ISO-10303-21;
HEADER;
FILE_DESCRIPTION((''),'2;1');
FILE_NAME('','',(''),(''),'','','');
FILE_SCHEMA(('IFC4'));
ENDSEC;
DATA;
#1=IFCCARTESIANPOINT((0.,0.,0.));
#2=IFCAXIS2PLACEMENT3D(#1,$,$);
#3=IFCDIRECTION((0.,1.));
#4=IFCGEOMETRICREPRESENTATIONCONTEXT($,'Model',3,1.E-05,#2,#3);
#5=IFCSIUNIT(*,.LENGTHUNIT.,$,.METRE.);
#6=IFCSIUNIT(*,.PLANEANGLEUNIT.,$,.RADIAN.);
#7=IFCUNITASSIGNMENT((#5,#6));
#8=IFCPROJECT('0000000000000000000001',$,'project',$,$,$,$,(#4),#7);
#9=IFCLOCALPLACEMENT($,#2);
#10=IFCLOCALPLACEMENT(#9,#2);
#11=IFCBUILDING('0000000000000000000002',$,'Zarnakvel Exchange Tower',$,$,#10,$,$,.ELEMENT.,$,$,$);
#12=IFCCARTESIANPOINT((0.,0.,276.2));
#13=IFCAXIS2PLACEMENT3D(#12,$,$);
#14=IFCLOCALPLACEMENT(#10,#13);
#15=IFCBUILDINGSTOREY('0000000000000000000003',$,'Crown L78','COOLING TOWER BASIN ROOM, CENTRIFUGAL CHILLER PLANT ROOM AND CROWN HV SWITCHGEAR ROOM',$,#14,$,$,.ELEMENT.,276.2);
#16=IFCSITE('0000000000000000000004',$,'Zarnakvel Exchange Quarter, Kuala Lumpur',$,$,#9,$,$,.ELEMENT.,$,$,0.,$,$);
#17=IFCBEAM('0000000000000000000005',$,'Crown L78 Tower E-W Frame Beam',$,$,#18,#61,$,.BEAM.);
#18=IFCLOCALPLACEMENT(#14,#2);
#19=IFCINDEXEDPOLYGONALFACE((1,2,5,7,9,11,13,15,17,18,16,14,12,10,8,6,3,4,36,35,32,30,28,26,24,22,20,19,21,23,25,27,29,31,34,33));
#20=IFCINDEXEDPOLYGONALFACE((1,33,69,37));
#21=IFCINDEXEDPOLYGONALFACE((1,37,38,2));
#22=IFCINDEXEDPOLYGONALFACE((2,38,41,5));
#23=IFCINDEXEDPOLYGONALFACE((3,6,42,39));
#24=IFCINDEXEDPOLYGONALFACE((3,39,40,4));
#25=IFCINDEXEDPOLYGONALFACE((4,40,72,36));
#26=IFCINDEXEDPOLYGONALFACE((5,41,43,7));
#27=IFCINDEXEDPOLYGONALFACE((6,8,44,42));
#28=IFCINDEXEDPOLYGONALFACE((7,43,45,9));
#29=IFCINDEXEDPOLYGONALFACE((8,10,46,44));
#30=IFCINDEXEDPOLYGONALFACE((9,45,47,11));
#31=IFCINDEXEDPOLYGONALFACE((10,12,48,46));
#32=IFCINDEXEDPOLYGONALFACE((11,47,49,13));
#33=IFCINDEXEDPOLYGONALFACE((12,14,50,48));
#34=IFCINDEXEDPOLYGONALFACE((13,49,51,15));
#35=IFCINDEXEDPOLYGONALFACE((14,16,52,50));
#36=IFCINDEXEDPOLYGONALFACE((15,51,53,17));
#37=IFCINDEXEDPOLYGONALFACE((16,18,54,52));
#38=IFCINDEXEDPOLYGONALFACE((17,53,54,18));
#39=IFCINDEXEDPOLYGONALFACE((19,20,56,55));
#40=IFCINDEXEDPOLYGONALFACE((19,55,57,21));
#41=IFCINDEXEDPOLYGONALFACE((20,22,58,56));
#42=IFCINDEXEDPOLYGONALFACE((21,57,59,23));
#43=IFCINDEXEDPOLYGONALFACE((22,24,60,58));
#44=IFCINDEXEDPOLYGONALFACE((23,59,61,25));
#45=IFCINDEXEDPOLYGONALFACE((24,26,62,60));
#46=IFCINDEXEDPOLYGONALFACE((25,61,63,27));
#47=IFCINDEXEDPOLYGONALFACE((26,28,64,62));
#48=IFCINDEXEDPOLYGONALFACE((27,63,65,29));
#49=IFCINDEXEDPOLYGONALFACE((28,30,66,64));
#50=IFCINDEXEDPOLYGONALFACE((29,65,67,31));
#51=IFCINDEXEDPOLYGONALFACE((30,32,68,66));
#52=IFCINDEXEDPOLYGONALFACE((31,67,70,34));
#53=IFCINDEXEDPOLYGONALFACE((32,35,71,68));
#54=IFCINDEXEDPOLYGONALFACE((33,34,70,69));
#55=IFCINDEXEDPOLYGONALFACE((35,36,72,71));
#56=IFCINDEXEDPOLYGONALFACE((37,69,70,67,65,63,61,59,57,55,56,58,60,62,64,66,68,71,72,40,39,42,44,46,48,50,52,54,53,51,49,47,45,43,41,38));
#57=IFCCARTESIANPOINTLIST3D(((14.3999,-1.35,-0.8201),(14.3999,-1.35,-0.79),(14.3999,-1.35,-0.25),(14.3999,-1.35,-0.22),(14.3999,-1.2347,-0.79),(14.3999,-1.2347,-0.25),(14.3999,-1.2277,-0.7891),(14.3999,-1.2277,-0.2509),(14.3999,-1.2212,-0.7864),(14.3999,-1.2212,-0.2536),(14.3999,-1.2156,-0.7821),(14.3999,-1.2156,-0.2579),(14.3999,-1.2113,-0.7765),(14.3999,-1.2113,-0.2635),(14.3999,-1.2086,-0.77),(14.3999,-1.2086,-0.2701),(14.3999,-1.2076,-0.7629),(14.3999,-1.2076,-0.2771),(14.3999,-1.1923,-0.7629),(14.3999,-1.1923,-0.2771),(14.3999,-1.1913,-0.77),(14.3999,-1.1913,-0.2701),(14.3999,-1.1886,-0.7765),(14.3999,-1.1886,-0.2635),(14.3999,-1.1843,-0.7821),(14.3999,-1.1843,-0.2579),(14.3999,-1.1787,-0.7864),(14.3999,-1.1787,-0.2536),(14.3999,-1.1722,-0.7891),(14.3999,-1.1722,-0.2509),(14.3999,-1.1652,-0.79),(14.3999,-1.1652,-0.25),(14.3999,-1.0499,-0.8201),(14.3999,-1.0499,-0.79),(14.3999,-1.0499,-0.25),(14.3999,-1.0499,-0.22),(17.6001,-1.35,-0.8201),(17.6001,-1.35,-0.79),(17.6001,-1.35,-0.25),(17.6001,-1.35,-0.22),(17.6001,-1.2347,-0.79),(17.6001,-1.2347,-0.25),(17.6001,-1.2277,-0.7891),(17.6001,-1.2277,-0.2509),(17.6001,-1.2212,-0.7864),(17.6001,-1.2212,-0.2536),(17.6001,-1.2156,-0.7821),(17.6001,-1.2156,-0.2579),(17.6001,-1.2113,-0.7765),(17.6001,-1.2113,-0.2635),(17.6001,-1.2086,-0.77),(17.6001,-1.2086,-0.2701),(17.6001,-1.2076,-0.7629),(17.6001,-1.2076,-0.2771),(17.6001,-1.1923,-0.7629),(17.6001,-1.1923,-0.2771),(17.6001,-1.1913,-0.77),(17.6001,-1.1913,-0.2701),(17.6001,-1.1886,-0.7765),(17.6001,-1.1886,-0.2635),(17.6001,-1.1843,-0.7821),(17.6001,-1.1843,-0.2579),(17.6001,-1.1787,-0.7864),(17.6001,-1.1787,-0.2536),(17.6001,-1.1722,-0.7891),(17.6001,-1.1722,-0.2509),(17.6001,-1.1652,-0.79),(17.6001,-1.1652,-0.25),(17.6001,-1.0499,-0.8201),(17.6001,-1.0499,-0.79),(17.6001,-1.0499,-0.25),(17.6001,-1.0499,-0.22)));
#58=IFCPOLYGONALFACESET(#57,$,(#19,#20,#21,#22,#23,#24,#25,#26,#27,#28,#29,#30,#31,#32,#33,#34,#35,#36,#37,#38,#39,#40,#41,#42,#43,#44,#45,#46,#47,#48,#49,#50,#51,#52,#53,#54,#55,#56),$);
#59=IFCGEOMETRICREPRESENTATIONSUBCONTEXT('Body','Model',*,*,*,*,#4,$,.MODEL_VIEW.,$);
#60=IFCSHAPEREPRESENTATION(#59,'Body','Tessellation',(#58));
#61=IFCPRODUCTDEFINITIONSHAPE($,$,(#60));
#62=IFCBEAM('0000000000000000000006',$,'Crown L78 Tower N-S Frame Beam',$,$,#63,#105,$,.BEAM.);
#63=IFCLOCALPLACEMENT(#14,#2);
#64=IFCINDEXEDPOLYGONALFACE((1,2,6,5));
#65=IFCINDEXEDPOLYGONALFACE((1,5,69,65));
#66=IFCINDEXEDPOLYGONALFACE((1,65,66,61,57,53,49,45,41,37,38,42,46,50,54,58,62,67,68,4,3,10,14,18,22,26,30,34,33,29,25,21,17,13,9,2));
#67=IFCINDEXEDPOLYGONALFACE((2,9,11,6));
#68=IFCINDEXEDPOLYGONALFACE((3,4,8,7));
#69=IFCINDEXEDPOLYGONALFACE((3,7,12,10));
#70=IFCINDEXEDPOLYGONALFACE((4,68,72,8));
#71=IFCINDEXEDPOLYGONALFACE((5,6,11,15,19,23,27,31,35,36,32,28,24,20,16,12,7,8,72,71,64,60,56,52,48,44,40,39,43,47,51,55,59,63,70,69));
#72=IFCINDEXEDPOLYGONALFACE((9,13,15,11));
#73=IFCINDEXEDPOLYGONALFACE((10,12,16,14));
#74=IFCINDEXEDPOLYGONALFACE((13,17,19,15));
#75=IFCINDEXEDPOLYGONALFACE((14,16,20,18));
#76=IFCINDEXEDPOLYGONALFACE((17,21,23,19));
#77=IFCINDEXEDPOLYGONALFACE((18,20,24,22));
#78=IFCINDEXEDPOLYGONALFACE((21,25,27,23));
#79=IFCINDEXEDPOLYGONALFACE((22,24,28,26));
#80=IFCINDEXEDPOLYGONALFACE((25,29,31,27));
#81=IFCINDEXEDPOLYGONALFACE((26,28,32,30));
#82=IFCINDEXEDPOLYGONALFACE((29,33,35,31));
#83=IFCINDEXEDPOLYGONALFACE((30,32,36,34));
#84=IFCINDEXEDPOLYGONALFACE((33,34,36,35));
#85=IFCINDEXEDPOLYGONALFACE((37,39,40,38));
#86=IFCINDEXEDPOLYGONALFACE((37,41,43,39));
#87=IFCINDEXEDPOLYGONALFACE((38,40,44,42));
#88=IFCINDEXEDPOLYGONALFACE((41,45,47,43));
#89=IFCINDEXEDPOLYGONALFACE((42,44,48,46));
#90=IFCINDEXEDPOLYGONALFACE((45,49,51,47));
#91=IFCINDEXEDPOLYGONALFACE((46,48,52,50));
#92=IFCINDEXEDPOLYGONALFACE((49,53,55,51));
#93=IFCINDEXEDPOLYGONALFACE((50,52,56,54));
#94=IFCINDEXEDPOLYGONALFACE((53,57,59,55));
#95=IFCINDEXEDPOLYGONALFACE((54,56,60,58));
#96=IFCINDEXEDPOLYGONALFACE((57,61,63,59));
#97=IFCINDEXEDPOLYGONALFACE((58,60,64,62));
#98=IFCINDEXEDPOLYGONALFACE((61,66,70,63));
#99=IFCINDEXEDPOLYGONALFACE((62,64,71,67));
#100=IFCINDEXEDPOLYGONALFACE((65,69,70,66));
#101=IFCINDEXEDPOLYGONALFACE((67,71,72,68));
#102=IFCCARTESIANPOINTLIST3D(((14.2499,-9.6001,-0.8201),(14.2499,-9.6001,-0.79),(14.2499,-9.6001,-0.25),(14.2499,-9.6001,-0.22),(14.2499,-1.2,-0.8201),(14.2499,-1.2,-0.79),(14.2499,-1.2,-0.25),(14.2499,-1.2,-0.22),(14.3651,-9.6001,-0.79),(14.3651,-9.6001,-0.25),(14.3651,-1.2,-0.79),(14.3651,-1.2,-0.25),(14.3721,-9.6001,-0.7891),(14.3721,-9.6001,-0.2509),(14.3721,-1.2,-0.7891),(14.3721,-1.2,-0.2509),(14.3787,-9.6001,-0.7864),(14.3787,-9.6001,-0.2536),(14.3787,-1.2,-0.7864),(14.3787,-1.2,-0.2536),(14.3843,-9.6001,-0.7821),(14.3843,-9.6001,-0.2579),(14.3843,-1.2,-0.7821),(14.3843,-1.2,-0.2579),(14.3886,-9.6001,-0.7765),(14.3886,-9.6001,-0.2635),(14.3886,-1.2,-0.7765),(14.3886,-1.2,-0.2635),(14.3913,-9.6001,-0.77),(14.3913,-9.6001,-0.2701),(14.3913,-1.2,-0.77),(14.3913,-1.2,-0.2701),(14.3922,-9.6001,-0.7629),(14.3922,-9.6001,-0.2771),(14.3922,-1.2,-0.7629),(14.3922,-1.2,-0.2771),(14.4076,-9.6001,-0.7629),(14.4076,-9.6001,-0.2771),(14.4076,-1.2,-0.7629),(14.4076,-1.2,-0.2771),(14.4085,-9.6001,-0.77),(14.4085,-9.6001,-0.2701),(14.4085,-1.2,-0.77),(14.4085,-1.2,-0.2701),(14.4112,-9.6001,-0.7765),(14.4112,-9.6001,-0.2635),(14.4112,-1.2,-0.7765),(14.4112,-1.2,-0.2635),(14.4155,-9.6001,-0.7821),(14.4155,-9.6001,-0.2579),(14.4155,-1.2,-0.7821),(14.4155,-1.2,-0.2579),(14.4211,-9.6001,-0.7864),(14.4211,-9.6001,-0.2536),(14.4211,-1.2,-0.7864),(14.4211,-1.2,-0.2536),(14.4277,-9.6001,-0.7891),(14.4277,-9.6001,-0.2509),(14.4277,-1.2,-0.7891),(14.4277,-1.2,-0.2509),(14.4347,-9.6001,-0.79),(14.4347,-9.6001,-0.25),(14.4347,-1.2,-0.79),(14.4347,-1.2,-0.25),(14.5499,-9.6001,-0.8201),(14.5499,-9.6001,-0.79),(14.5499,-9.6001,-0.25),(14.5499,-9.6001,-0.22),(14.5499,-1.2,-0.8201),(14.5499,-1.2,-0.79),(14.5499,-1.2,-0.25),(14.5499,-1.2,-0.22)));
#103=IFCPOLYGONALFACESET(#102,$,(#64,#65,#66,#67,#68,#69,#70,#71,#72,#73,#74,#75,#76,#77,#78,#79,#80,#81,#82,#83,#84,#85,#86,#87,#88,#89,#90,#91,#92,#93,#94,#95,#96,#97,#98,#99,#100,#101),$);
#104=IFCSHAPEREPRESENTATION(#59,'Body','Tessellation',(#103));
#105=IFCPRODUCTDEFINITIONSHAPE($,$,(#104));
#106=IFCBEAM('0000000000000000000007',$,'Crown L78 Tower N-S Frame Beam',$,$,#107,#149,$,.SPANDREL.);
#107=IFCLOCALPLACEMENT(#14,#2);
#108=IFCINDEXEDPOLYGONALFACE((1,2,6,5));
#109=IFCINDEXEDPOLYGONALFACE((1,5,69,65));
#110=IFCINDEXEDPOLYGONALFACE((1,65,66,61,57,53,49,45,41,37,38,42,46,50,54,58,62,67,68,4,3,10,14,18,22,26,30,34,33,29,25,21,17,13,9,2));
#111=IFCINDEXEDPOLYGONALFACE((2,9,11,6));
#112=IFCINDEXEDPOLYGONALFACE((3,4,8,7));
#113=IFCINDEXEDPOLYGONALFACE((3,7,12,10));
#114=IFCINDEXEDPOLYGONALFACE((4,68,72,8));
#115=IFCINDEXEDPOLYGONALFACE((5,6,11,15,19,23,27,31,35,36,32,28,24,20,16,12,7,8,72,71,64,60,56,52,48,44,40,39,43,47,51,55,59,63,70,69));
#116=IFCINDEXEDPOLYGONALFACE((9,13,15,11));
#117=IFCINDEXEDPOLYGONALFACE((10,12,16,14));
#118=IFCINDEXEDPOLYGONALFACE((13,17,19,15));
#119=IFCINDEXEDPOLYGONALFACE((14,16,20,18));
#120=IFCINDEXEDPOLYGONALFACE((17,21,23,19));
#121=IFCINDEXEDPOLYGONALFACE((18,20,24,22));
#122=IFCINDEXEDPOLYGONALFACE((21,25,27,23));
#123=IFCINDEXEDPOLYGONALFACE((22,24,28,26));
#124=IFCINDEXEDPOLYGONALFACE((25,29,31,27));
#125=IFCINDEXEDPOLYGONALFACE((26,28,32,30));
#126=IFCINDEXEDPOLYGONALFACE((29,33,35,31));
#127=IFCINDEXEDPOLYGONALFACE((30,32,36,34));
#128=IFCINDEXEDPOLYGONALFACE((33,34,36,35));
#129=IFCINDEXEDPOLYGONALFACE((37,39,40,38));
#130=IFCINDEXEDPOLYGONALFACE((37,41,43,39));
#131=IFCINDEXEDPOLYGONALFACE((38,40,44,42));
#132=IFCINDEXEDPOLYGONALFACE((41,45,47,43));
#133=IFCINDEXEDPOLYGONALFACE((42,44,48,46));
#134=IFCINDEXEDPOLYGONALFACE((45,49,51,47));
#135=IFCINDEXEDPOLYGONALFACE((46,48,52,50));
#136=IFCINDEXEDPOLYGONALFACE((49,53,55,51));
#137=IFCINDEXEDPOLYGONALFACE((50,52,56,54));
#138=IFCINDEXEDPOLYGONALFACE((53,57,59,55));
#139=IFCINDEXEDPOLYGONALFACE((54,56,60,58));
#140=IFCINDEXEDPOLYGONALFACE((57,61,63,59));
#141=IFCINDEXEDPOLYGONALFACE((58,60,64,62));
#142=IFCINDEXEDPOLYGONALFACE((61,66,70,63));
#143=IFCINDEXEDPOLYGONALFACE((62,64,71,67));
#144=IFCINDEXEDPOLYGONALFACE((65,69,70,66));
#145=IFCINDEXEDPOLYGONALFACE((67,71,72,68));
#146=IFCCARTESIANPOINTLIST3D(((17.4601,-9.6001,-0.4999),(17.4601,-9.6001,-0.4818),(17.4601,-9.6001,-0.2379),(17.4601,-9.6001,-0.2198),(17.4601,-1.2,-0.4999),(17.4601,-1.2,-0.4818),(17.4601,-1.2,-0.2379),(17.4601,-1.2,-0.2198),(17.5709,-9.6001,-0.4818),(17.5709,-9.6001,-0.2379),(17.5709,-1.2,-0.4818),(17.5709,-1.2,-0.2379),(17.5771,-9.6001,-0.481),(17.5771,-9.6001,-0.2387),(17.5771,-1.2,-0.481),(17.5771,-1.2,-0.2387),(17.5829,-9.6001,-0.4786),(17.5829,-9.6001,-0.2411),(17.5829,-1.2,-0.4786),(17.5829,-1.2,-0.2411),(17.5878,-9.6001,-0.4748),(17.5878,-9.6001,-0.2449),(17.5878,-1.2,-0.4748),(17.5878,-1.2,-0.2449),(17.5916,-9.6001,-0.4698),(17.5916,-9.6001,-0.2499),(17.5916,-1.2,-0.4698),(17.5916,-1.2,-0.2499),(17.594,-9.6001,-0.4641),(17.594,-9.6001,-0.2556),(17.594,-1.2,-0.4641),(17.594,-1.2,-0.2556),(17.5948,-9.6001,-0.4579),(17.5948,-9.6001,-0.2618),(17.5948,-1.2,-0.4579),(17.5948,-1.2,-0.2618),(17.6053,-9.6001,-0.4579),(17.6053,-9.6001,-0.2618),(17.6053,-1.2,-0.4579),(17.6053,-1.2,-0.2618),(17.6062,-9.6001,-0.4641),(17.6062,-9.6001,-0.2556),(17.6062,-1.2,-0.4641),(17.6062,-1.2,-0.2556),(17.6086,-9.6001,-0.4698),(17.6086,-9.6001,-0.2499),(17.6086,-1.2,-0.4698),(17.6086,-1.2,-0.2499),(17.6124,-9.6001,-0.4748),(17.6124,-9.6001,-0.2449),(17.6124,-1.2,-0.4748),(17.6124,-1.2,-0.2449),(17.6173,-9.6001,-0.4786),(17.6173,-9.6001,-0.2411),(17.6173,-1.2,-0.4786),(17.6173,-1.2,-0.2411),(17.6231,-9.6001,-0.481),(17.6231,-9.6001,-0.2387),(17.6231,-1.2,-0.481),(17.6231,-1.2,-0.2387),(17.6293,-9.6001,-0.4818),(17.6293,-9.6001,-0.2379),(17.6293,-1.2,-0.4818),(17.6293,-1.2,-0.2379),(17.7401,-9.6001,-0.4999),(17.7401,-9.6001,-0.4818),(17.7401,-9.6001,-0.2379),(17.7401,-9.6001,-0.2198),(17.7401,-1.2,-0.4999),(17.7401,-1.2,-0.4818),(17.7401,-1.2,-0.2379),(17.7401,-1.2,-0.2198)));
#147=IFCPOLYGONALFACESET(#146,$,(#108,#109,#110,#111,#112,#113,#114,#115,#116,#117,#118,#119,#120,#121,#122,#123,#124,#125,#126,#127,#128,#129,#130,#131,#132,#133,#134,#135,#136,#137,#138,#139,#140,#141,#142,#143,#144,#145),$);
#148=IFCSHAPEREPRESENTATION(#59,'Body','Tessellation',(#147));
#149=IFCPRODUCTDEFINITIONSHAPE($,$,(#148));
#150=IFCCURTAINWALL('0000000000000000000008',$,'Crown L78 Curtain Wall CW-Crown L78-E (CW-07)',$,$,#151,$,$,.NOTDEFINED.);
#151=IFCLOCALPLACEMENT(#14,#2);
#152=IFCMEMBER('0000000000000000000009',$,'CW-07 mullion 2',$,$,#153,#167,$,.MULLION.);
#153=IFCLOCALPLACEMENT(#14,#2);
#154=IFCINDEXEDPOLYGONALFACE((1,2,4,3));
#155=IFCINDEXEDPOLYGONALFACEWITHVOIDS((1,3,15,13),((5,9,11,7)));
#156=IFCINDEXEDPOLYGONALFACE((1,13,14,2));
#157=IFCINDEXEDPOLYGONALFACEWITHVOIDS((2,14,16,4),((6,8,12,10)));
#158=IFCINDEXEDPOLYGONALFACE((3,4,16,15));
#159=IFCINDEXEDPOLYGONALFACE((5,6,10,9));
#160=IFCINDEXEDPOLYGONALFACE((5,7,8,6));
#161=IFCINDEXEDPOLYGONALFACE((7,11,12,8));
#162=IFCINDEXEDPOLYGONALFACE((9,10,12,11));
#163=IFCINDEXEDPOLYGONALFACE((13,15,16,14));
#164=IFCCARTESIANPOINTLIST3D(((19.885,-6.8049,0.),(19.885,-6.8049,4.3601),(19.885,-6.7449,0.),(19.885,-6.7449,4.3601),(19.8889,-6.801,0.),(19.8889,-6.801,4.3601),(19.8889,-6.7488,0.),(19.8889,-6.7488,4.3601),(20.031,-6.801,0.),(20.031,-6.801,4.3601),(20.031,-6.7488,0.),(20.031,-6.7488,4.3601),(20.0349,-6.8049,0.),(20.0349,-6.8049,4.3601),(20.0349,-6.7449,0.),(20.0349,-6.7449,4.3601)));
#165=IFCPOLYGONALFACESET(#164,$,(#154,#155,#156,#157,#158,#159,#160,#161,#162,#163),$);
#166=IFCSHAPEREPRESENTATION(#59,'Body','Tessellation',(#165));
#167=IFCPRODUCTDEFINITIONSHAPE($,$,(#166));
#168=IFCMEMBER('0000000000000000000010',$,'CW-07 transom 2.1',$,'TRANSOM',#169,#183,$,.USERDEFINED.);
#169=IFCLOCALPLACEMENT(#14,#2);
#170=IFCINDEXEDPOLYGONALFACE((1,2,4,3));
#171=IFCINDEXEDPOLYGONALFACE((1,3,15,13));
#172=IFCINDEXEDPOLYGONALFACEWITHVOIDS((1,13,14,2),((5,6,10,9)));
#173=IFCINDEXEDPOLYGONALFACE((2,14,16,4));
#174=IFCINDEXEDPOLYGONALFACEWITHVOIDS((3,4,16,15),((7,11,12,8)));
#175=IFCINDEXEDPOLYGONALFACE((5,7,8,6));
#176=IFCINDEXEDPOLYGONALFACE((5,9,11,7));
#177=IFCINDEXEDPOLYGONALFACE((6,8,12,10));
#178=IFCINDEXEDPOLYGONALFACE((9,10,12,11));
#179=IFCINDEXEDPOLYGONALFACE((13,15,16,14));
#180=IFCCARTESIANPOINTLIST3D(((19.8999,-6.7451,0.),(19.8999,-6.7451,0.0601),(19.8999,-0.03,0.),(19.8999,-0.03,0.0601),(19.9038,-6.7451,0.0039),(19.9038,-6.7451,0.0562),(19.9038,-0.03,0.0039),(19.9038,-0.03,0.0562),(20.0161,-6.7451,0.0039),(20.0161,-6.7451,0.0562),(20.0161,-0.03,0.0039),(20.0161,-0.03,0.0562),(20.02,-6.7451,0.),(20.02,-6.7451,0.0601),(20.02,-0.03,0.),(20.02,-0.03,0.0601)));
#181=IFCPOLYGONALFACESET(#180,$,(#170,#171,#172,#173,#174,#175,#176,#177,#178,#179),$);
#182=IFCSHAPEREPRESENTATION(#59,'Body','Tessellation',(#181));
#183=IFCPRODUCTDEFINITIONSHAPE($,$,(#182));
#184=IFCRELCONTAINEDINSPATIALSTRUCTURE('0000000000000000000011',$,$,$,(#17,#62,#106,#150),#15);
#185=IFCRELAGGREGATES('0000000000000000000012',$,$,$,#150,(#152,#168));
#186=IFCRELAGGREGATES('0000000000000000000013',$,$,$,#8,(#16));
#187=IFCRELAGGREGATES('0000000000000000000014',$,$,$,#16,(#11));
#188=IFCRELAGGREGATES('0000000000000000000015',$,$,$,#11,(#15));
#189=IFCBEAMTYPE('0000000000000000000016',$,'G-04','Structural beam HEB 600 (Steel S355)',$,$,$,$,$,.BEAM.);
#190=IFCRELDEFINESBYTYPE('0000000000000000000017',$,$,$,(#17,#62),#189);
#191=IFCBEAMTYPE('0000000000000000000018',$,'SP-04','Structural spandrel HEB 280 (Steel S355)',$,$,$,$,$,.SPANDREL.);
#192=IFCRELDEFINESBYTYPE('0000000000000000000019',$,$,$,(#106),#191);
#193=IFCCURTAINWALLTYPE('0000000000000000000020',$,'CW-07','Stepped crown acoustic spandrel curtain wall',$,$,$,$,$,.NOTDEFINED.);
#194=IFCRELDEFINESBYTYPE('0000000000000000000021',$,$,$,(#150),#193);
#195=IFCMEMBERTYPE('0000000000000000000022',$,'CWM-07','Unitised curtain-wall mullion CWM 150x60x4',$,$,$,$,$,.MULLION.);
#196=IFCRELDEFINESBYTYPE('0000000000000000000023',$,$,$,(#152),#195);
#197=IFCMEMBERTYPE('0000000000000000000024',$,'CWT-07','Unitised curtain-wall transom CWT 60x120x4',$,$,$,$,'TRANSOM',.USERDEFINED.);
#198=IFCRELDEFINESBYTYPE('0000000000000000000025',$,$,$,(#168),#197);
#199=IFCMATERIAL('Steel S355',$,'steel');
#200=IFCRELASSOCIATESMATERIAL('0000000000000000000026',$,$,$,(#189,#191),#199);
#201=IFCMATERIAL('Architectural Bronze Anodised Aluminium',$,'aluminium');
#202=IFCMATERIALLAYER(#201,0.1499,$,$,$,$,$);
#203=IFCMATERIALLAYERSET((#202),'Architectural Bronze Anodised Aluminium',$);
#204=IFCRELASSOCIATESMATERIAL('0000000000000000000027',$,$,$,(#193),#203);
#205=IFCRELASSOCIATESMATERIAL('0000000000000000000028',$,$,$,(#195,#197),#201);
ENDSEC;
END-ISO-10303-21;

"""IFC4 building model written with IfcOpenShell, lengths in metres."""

from ifc_helpers import new_model, si_unit, direction, frame, origin, origin_2d, place, context, subcontext, project, spatial, hollow_rectangle, i_section, extrude, source, transform, mapped, material, layer, layer_set, material_profile, profile_set, type_object, element, aggregate, save


model = new_model("IFC4")

# Units and contexts
model_context = context("Model", 3, precision=1e-05, world=origin(), true_north=direction((0.0, 1.0)))
body_context = subcontext(model_context, "Body", "Model", "MODEL_VIEW")
ifc_project = project(units=[si_unit("LENGTHUNIT", "METRE"), si_unit("PLANEANGLEUNIT", "RADIAN")], contexts=[model_context])

# Site, building, storey
site_placement = place(None, origin())
site = spatial("IfcSite", under=ifc_project, at=site_placement, Name="Zarnakvel Exchange Quarter, Kuala Lumpur", CompositionType="ELEMENT", RefElevation=0.0)
building_placement = place(site_placement, origin())
building = spatial("IfcBuilding", under=site, at=building_placement, Name="Zarnakvel Exchange Tower", CompositionType="ELEMENT")
storey_placement = place(building_placement, frame((0.0, 0.0, 276.2)))
storey = spatial("IfcBuildingStorey", under=building, at=storey_placement, Name="Crown L78", Description="COOLING TOWER BASIN ROOM, CENTRIFUGAL CHILLER PLANT ROOM AND CROWN HV SWITCHGEAR ROOM", CompositionType="ELEMENT", Elevation=276.2)

# Shared definitions
ifc_material_1 = material(Name="Steel S355", Category="steel")

# Beams
ifc_material_profile_1 = material_profile(ifc_material_1, i_section(OverallWidth=0.3, OverallDepth=0.6001, WebThickness=0.0154, FlangeThickness=0.03, FilletRadius=0.0271, at=origin_2d()))
ifc_profile_set_1 = profile_set([ifc_material_profile_1], Name="Steel S355")
beam_type_1 = type_object("IfcBeamType", Name="G-04", Description="Structural beam HEB 600 (Steel S355)", PredefinedType="BEAM", material=ifc_profile_set_1)
for number, where, z_axis, x_axis, name in (
    (1, (14.3999, -1.2, -0.52), (1.0, 0.0, 0.0), (0.0, 1.0, 0.0), "Crown L78 Tower E-W Frame Beam"),
):
    element("IfcBeam", number, at=place(storey_placement, frame(where, z_axis=z_axis, x_axis=x_axis)), inside=storey, type_object=beam_type_1, Name=name, PredefinedType="BEAM", context=body_context, shape_type="SweptSolid", body=[
        extrude(i_section(OverallWidth=0.3, OverallDepth=0.6001, WebThickness=0.0154, FlangeThickness=0.03, FilletRadius=0.0271, at=origin_2d()), origin(), (0.0, 0.0, 1.0), 3.2002),
    ])
beam_1_placement = place(storey_placement, frame((14.3999, -9.6001, -0.52), z_axis=(0.0, 1.0, 0.0), x_axis=(-1.0, 0.0, 0.0)))
element("IfcBeam", 2, at=beam_1_placement, inside=storey, type_object=beam_type_1, Name="Crown L78 Tower N-S Frame Beam", PredefinedType="BEAM", context=body_context, shape_type="SweptSolid", body=[
    extrude(i_section(OverallWidth=0.3, OverallDepth=0.6001, WebThickness=0.0154, FlangeThickness=0.03, FilletRadius=0.0271, at=origin_2d()), origin(), (0.0, 0.0, 1.0), 8.4001),
])
ifc_material_profile_2 = material_profile(ifc_material_1, i_section(OverallWidth=0.28, OverallDepth=0.28, WebThickness=0.0105, FlangeThickness=0.0181, FilletRadius=0.0239, at=origin_2d()))
ifc_profile_set_2 = profile_set([ifc_material_profile_2], Name="Steel S355")
beam_type_2 = type_object("IfcBeamType", Name="SP-04", Description="Structural spandrel HEB 280 (Steel S355)", PredefinedType="SPANDREL", material=ifc_profile_set_2)
beam_2_placement = place(storey_placement, frame((17.6001, -9.6001, -0.3599), z_axis=(0.0, 1.0, 0.0), x_axis=(-1.0, 0.0, 0.0)))
element("IfcBeam", 3, at=beam_2_placement, inside=storey, type_object=beam_type_2, Name="Crown L78 Tower N-S Frame Beam", PredefinedType="SPANDREL", context=body_context, shape_type="SweptSolid", body=[
    extrude(i_section(OverallWidth=0.28, OverallDepth=0.28, WebThickness=0.0105, FlangeThickness=0.0181, FilletRadius=0.0239, at=origin_2d()), origin(), (0.0, 0.0, 1.0), 8.4001),
])

# Curtain wall, members
ifc_material_2 = material(Name="Architectural Bronze Anodised Aluminium", Category="aluminium")
ifc_layer_1 = layer(ifc_material_2, 0.1499)
ifc_layer_set_1 = layer_set([ifc_layer_1], Name="Architectural Bronze Anodised Aluminium")
curtain_wall_type = type_object("IfcCurtainWallType", Name="CW-07", Description="Stepped crown acoustic spandrel curtain wall", PredefinedType="NOTDEFINED", material=ifc_layer_set_1)
curtain_wall_placement = place(storey_placement, origin())
curtain_wall = element("IfcCurtainWall", 4, at=curtain_wall_placement, inside=storey, type_object=curtain_wall_type, Name="Crown L78 Curtain Wall CW-Crown L78-E (CW-07)", PredefinedType="NOTDEFINED")
ifc_material_profile_3 = material_profile(ifc_material_2, hollow_rectangle(XDim=0.1499, YDim=0.0601, WallThickness=0.0039, at=origin_2d()))
ifc_profile_set_3 = profile_set([ifc_material_profile_3], Name="Architectural Bronze Anodised Aluminium")
member_type_1 = type_object("IfcMemberType", Name="CWM-07", Description="Unitised curtain-wall mullion CWM 150x60x4", PredefinedType="MULLION", material=ifc_profile_set_3)
shared_shape_1 = source(origin(), body_context, "Body", "SweptSolid", [
    extrude(hollow_rectangle(XDim=0.1499, YDim=0.0601, WallThickness=0.0039, at=origin_2d()), origin(), (0.0, 0.0, 1.0), 4.3601),
])
member_1_placement = place(storey_placement, frame((19.96, -6.7749, 0.0), z_axis=(0.0, 0.0, 1.0), x_axis=(-1.0, 0.0, 0.0)))
member_1 = element("IfcMember", 5, at=member_1_placement, type_object=member_type_1, Name="CW-07 mullion 2", PredefinedType="MULLION", context=body_context, shape_type="MappedRepresentation", body=[
    mapped(shared_shape_1, transform((0.0, 0.0, 0.0), x_axis=(1.0, 0.0, 0.0), y_axis=(0.0, 1.0, 0.0), z_axis=(0.0, 0.0, 1.0), scale=1.0)),
])
ifc_material_profile_4 = material_profile(ifc_material_2, hollow_rectangle(XDim=0.1201, YDim=0.0601, WallThickness=0.0039, at=origin_2d()))
ifc_profile_set_4 = profile_set([ifc_material_profile_4], Name="Architectural Bronze Anodised Aluminium")
member_type_2 = type_object("IfcMemberType", Name="CWT-07", Description="Unitised curtain-wall transom CWT 60x120x4", ElementType="TRANSOM", PredefinedType="USERDEFINED", material=ifc_profile_set_4)
shared_shape_2 = source(origin(), body_context, "Body", "SweptSolid", [
    extrude(hollow_rectangle(XDim=0.1201, YDim=0.0601, WallThickness=0.0039, at=origin_2d()), origin(), (0.0, 0.0, 1.0), 6.7151),
])
member_2_placement = place(storey_placement, frame((19.96, -6.7451, 0.03), z_axis=(0.0, 1.0, 0.0), x_axis=(-1.0, 0.0, 0.0)))
member_2 = element("IfcMember", 6, at=member_2_placement, type_object=member_type_2, Name="CW-07 transom 2.1", ObjectType="TRANSOM", PredefinedType="USERDEFINED", context=body_context, shape_type="MappedRepresentation", body=[
    mapped(shared_shape_2, transform((0.0, 0.0, 0.0), x_axis=(1.0, 0.0, 0.0), y_axis=(0.0, 1.0, 0.0), z_axis=(0.0, 0.0, 1.0), scale=1.0)),
])
aggregate(curtain_wall, [member_1, member_2])

save(model, "model.ifc")
